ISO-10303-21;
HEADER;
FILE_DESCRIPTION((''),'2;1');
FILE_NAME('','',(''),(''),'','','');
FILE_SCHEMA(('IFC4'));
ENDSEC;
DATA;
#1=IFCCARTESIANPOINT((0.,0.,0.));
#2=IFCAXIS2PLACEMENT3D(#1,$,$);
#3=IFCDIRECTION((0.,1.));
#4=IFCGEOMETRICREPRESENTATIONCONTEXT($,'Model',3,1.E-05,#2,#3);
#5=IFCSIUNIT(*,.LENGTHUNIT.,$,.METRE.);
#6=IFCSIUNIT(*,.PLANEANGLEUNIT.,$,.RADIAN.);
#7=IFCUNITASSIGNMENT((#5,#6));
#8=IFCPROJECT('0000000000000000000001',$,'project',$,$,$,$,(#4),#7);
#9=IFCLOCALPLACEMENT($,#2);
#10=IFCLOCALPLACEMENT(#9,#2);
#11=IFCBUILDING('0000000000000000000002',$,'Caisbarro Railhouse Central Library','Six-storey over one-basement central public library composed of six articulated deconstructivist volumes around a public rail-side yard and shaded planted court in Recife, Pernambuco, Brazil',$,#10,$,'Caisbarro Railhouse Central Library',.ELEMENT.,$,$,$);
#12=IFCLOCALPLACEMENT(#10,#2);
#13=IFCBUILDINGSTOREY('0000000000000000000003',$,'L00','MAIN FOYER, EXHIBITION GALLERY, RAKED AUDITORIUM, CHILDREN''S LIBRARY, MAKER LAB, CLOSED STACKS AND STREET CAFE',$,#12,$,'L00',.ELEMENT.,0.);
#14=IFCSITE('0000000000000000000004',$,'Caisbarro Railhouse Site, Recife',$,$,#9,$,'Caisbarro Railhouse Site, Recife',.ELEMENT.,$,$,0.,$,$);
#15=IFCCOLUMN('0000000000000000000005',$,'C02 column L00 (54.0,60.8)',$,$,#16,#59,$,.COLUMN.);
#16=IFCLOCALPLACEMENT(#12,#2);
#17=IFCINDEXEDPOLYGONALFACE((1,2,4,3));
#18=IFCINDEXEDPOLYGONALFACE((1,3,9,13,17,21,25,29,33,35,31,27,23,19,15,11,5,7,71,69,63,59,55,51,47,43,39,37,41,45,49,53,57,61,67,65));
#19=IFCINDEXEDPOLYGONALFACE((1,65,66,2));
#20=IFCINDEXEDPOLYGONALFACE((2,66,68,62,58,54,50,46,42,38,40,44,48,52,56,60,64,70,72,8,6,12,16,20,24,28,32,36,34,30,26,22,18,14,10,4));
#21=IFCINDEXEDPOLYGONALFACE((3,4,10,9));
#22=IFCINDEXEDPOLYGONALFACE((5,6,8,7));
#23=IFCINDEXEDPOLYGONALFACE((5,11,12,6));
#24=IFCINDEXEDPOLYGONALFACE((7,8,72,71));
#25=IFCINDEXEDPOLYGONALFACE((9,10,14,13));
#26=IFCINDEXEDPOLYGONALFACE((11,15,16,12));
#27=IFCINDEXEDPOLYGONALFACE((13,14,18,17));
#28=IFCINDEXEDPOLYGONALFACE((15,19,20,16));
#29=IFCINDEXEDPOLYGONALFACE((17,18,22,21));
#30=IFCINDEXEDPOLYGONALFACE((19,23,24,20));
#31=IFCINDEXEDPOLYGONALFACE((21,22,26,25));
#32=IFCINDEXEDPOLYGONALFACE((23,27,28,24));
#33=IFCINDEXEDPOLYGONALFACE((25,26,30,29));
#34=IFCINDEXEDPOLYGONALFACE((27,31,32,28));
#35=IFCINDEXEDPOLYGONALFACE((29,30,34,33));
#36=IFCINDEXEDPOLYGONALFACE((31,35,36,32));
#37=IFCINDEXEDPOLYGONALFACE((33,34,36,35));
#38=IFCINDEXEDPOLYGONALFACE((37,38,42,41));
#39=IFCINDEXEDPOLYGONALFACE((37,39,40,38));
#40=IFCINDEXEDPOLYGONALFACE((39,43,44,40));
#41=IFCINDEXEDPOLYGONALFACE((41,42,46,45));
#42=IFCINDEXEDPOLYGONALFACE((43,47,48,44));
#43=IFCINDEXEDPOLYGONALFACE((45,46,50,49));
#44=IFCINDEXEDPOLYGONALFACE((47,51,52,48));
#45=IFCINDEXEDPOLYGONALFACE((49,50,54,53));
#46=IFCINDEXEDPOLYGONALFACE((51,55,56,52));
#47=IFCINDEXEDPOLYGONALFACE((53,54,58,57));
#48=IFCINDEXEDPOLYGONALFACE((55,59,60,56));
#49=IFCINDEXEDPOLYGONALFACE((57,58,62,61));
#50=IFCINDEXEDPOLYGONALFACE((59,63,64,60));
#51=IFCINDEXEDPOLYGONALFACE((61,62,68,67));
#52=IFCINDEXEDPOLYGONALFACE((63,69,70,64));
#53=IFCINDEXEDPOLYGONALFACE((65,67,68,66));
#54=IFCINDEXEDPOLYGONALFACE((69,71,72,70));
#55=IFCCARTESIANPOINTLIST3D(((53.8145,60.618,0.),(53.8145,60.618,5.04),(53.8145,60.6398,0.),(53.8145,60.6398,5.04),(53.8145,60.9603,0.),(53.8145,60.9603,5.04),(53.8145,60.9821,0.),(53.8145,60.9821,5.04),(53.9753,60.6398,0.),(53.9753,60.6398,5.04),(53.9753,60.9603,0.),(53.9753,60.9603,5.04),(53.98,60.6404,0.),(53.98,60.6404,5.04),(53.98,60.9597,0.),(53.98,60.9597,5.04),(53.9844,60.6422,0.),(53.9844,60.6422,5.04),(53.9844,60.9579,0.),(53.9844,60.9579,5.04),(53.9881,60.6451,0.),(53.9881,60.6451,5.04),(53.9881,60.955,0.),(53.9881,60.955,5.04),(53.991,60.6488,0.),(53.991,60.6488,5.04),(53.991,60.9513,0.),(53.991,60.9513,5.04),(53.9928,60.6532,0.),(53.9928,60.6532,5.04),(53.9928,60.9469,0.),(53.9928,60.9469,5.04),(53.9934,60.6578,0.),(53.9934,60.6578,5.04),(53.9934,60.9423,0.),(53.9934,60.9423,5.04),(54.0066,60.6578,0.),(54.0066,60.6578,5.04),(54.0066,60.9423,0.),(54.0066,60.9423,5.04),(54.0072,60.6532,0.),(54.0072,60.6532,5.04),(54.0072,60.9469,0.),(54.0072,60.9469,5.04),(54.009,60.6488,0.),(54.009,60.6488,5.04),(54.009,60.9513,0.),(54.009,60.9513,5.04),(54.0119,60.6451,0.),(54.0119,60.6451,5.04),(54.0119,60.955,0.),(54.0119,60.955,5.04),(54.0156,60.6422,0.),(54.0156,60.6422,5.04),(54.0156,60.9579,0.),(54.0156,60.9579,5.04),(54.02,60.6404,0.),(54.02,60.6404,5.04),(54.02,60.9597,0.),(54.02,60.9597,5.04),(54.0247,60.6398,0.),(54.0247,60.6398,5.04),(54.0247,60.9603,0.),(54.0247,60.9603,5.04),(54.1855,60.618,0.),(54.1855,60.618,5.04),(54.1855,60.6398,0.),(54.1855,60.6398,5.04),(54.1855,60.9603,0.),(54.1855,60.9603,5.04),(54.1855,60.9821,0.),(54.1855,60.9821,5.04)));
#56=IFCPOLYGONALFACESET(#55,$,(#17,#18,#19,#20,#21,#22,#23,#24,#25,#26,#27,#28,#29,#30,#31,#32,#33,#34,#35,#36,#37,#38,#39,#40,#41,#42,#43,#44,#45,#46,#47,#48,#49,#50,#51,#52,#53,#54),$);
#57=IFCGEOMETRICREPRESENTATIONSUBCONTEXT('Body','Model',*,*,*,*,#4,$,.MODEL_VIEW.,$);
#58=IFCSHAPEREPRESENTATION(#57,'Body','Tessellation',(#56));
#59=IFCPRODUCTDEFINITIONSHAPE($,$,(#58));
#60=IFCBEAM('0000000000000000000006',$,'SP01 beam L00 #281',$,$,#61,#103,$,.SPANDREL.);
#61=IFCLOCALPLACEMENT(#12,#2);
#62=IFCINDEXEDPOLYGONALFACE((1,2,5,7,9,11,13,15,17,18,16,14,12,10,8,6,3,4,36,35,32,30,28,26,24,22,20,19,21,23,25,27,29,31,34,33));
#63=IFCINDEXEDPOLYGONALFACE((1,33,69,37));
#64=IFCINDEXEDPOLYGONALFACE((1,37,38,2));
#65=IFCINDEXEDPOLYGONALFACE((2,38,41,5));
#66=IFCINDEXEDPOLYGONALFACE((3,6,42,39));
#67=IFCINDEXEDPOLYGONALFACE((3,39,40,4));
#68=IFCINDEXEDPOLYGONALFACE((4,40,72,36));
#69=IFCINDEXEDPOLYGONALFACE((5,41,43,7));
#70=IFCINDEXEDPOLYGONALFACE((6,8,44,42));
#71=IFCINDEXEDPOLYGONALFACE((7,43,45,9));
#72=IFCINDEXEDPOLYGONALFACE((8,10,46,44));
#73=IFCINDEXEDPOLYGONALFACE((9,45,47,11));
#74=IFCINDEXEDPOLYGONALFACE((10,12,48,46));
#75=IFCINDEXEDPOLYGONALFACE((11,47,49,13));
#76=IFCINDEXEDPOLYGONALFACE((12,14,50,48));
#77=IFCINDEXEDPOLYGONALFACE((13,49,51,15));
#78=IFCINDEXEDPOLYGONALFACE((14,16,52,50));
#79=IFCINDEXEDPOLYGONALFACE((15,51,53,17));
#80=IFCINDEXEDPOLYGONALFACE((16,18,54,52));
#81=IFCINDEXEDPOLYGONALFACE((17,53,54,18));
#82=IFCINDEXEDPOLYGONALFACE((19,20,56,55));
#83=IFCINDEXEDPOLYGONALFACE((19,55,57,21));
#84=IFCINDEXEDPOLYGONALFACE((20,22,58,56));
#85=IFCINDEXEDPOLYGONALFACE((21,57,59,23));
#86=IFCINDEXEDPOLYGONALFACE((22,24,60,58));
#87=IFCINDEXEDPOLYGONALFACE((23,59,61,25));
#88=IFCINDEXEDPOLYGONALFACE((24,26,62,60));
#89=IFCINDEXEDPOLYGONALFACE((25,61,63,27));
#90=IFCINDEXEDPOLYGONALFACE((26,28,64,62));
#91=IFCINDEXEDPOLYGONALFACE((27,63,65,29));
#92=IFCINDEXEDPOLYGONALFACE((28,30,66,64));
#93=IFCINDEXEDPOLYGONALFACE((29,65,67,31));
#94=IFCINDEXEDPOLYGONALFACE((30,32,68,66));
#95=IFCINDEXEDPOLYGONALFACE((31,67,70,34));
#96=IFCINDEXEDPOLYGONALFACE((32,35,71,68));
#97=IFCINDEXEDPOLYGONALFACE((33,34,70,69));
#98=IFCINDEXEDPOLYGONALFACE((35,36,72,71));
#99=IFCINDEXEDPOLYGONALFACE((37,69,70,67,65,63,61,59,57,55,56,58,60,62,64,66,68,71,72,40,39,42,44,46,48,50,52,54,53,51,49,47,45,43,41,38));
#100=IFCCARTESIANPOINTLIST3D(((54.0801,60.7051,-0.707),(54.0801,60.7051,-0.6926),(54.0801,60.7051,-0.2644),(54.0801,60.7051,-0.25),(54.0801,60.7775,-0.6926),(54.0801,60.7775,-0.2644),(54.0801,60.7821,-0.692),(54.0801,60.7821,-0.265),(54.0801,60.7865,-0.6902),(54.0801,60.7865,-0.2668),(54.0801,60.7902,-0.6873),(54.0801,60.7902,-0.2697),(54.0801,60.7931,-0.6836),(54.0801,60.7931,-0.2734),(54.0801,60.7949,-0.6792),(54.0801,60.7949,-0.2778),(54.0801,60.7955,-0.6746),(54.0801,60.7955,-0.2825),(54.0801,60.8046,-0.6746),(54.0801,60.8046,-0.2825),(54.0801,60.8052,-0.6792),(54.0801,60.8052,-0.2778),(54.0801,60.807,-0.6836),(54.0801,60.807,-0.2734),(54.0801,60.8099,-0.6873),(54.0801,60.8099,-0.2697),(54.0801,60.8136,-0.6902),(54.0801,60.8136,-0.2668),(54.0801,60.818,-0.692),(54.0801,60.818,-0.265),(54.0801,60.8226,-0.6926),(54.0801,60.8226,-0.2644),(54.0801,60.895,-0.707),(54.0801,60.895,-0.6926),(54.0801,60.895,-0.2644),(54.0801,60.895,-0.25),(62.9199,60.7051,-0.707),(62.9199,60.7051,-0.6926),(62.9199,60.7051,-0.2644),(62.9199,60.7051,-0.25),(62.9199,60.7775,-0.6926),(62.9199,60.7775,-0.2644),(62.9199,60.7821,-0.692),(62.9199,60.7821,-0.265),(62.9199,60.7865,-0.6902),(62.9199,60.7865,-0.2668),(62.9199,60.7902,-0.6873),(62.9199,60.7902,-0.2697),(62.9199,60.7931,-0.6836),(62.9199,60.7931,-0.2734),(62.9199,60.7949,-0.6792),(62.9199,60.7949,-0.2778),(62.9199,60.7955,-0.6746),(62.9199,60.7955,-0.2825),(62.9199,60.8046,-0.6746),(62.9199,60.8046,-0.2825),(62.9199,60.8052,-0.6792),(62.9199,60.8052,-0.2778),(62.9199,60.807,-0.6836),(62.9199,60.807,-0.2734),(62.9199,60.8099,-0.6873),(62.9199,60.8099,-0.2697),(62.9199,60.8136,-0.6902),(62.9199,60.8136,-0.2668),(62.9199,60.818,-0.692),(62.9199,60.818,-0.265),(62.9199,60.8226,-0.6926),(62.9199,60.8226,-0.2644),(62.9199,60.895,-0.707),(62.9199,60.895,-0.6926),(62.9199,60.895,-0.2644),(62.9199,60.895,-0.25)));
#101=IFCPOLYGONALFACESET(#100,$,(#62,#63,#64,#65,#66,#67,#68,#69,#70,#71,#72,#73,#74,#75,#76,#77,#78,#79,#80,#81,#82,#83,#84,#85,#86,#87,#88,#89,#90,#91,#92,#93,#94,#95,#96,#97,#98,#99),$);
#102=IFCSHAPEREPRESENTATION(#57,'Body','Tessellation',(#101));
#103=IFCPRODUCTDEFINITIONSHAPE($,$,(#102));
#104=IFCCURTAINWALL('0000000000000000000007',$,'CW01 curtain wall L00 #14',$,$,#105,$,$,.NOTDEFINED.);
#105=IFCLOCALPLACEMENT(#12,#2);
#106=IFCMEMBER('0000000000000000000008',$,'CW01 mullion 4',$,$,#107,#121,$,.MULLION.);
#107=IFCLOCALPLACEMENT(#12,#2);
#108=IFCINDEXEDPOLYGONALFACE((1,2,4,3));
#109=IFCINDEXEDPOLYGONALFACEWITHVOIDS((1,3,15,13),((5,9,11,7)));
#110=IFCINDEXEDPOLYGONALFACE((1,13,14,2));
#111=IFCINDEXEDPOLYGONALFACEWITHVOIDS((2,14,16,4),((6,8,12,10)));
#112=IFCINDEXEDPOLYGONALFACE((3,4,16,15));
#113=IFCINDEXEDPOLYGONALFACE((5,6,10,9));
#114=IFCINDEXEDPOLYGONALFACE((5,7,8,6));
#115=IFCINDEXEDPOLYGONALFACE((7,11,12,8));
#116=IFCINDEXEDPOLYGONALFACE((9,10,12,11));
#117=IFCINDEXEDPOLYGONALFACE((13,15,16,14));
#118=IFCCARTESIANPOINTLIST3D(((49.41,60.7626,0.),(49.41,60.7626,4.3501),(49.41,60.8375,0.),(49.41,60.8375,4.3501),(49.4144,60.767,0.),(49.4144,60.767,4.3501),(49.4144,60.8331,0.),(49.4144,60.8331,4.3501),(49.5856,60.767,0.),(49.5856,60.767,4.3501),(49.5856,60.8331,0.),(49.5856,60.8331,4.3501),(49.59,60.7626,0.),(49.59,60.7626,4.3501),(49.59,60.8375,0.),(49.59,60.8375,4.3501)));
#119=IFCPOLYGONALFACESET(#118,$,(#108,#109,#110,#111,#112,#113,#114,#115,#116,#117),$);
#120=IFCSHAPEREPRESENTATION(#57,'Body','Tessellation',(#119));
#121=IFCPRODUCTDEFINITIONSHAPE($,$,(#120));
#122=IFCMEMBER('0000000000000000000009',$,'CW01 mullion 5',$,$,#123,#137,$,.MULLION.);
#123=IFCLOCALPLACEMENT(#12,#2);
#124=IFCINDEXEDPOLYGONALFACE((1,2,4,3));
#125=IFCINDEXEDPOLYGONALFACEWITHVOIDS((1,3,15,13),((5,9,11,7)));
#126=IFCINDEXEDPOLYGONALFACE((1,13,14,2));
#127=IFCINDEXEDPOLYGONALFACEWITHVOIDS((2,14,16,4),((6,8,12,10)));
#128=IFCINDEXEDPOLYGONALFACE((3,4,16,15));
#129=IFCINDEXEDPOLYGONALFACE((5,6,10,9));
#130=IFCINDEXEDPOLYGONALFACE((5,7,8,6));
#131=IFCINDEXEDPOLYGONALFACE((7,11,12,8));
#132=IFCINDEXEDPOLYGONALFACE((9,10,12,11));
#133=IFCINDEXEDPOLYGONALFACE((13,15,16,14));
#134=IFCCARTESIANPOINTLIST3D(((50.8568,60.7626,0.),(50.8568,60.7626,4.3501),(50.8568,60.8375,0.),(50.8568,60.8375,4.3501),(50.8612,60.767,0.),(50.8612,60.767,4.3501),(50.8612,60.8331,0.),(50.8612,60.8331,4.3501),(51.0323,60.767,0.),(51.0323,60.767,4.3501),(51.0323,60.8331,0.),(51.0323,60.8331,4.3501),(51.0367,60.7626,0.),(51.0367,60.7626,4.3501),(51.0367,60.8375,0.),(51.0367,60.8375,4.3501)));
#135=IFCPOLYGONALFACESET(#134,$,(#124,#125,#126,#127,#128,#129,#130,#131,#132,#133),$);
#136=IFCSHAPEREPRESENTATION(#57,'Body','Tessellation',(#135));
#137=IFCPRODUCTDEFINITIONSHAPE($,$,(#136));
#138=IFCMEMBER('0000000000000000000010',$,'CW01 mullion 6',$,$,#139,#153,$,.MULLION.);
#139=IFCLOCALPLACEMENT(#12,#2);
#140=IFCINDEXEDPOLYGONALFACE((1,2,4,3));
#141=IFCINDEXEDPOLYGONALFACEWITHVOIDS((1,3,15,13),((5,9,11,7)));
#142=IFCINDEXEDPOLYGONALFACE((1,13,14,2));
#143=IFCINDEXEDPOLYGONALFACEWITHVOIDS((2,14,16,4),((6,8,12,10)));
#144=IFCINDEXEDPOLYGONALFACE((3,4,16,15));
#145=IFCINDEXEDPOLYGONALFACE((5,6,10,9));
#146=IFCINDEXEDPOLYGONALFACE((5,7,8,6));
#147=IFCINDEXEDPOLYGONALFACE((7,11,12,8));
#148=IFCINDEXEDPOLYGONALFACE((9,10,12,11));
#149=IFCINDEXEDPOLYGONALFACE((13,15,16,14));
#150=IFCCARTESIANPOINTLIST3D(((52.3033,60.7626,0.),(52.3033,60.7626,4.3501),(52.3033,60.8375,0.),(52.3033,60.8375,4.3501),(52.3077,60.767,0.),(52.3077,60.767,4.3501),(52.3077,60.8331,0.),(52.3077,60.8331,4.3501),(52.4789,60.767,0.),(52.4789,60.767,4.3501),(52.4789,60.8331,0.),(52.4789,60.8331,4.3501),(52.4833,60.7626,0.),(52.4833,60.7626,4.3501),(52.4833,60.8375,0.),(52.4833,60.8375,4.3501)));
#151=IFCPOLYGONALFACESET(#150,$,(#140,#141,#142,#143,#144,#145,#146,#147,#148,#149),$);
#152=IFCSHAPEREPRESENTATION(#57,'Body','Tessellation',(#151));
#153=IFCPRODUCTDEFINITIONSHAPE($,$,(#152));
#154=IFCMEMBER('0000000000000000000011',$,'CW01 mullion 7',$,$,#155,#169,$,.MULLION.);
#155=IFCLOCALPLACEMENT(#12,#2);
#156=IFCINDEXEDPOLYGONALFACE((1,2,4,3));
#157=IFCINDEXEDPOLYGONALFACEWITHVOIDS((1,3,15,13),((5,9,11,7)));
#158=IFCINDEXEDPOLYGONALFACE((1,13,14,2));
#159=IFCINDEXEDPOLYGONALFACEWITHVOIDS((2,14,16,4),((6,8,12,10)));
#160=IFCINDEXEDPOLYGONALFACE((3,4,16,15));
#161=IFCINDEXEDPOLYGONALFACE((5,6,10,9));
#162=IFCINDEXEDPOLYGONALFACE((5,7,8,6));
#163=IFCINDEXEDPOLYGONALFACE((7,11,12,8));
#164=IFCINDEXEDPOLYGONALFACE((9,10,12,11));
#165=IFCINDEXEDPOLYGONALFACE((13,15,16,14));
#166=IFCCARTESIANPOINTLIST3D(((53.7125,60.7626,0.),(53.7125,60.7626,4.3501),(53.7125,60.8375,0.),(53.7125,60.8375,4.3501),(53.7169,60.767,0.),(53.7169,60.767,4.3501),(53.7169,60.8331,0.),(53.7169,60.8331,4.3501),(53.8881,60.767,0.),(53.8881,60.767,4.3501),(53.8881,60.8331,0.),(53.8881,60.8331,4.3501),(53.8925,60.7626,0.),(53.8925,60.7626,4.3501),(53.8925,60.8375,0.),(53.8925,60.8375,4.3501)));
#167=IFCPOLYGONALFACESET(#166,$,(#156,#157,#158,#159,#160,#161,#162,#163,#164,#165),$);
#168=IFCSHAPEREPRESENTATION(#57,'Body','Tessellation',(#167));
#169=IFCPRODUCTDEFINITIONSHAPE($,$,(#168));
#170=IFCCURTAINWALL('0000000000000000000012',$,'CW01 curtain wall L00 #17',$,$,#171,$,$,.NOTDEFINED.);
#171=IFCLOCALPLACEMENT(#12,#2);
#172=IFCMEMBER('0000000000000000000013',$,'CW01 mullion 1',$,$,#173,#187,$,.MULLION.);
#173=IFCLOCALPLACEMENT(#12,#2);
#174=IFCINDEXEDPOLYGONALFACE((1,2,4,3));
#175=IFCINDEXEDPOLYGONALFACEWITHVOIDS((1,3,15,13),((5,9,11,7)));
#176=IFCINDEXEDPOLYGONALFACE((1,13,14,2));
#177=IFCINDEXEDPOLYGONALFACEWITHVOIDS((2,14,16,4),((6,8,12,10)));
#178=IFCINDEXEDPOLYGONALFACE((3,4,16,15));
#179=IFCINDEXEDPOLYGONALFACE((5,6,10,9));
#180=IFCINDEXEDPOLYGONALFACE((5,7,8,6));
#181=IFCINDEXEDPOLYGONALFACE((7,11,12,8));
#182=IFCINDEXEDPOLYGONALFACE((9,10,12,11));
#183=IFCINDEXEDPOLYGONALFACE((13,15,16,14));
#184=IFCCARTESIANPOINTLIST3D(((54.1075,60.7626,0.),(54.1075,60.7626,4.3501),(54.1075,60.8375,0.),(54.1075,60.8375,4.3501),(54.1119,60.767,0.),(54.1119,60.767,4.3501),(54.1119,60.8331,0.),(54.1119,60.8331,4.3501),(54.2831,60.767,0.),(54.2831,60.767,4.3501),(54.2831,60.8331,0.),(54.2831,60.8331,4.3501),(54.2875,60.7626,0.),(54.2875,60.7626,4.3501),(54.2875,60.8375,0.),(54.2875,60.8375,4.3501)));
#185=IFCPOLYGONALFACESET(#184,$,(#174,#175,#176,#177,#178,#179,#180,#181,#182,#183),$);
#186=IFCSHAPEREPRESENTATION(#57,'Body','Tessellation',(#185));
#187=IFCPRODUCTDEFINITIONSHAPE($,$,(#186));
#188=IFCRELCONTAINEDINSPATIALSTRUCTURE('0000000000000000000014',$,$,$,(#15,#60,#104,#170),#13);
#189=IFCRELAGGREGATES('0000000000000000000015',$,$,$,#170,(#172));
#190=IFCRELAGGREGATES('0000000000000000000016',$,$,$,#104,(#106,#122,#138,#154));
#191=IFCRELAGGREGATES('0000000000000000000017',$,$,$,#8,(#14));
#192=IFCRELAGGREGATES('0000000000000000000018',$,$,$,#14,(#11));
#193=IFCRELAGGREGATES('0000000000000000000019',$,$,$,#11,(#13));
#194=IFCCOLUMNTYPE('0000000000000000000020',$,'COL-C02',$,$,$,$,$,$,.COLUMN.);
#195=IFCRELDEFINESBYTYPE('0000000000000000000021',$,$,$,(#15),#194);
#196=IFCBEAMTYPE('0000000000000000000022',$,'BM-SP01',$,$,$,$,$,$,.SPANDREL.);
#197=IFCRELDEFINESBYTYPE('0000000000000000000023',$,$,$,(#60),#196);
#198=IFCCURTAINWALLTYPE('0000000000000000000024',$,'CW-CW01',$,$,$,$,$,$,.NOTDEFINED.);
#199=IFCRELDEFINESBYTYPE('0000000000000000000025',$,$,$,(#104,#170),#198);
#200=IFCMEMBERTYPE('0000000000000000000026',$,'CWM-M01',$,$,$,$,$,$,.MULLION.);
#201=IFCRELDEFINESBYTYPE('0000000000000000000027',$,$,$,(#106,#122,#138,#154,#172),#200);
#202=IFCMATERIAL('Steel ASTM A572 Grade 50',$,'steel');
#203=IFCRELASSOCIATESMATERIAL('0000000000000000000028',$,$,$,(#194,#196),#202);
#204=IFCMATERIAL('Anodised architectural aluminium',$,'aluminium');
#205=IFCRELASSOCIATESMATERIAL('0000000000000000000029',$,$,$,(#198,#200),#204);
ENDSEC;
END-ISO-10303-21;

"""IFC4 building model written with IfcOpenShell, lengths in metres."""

from ifc_helpers import new_model, si_unit, direction, frame, origin, origin_2d, place, context, subcontext, project, spatial, hollow_rectangle, i_section, extrude, material, material_profile, profile_set, type_object, element, aggregate, save


model = new_model("IFC4")

# Units and contexts
model_context = context("Model", 3, precision=1e-05, world=origin(), true_north=direction((0.0, 1.0)))
body_context = subcontext(model_context, "Body", "Model", "MODEL_VIEW")
ifc_project = project(units=[si_unit("LENGTHUNIT", "METRE"), si_unit("PLANEANGLEUNIT", "RADIAN")], contexts=[model_context])

# Site, building, storey
site_placement = place(None, origin())
site = spatial("IfcSite", under=ifc_project, at=site_placement, Name="Caisbarro Railhouse Site, Recife", LongName="Caisbarro Railhouse Site, Recife", CompositionType="ELEMENT", RefElevation=0.0)
building_placement = place(site_placement, origin())
building = spatial("IfcBuilding", under=site, at=building_placement, Name="Caisbarro Railhouse Central Library", Description="Six-storey over one-basement central public library composed of six articulated deconstructivist volumes around a public rail-side yard and shaded planted court in Recife, Pernambuco, Brazil", LongName="Caisbarro Railhouse Central Library", CompositionType="ELEMENT")
storey_placement = place(building_placement, origin())
storey = spatial("IfcBuildingStorey", under=building, at=storey_placement, Name="L00", Description="MAIN FOYER, EXHIBITION GALLERY, RAKED AUDITORIUM, CHILDREN'S LIBRARY, MAKER LAB, CLOSED STACKS AND STREET CAFE", LongName="L00", CompositionType="ELEMENT", Elevation=0.0)

# Column
ifc_material_1 = material(Name="Steel ASTM A572 Grade 50", Category="steel")
ifc_material_profile_1 = material_profile(ifc_material_1, i_section(OverallWidth=0.3711, OverallDepth=0.364, WebThickness=0.0132, FlangeThickness=0.0217, FilletRadius=0.0181, at=origin_2d()), Name="W360X162.0")
ifc_profile_set_1 = profile_set([ifc_material_profile_1], Name="Steel ASTM A572 Grade 50")
column_type = type_object("IfcColumnType", Name="COL-C02", PredefinedType="COLUMN", material=ifc_profile_set_1)
column_placement = place(storey_placement, frame((54.0, 60.8, 0.0), z_axis=(0.0, 0.0, 1.0), x_axis=(1.0, 0.0, 0.0)))
element("IfcColumn", 1, at=column_placement, inside=storey, type_object=column_type, Name="C02 column L00 (54.0,60.8)", PredefinedType="COLUMN", context=body_context, shape_type="SweptSolid", body=[
    extrude(i_section(OverallWidth=0.3711, OverallDepth=0.364, WebThickness=0.0132, FlangeThickness=0.0217, FilletRadius=0.0181, at=origin_2d()), origin(), (0.0, 0.0, 1.0), 5.04),
])

# Beam
ifc_material_profile_2 = material_profile(ifc_material_1, i_section(OverallWidth=0.1899, OverallDepth=0.457, WebThickness=0.009, FlangeThickness=0.0144, FilletRadius=0.0181, at=origin_2d()), Name="W460X74.0")
ifc_profile_set_2 = profile_set([ifc_material_profile_2], Name="Steel ASTM A572 Grade 50")
beam_type = type_object("IfcBeamType", Name="BM-SP01", PredefinedType="SPANDREL", material=ifc_profile_set_2)
beam_placement = place(storey_placement, frame((54.0801, 60.8, -0.4785), z_axis=(1.0, 0.0, 0.0), x_axis=(0.0, 1.0, 0.0)))
element("IfcBeam", 2, at=beam_placement, inside=storey, type_object=beam_type, Name="SP01 beam L00 #281", PredefinedType="SPANDREL", context=body_context, shape_type="SweptSolid", body=[
    extrude(i_section(OverallWidth=0.1899, OverallDepth=0.457, WebThickness=0.009, FlangeThickness=0.0144, FilletRadius=0.0181, at=origin_2d()), origin(), (0.0, 0.0, 1.0), 8.8398),
])

# Curtain wall, members
ifc_material_2 = material(Name="Anodised architectural aluminium", Category="aluminium")
curtain_wall_type = type_object("IfcCurtainWallType", Name="CW-CW01", PredefinedType="NOTDEFINED", material=ifc_material_2)
curtain_wall_1_placement = place(storey_placement, origin())
curtain_wall_1 = element("IfcCurtainWall", 3, at=curtain_wall_1_placement, inside=storey, type_object=curtain_wall_type, Name="CW01 curtain wall L00 #14", PredefinedType="NOTDEFINED")
ifc_material_profile_3 = material_profile(ifc_material_2, hollow_rectangle(XDim=0.075, YDim=0.1799, WallThickness=0.0044, at=origin_2d()), Name="ALU-MUL-75X180")
ifc_profile_set_3 = profile_set([ifc_material_profile_3], Name="Anodised architectural aluminium")
member_type_1 = type_object("IfcMemberType", Name="CWM-M01", PredefinedType="MULLION", material=ifc_profile_set_3)
member_1_placement = place(storey_placement, frame((49.5, 60.8, 0.0), z_axis=(0.0, 0.0, 1.0), x_axis=(0.0, 1.0, 0.0)))
member_1 = element("IfcMember", 4, at=member_1_placement, type_object=member_type_1, Name="CW01 mullion 4", PredefinedType="MULLION", context=body_context, shape_type="SweptSolid", body=[
    extrude(hollow_rectangle(XDim=0.075, YDim=0.1799, WallThickness=0.0044, at=origin_2d()), origin(), (0.0, 0.0, 1.0), 4.3501),
])
member_2_placement = place(storey_placement, frame((50.9468, 60.8, 0.0), z_axis=(0.0, 0.0, 1.0), x_axis=(0.0, 1.0, 0.0)))
member_2 = element("IfcMember", 5, at=member_2_placement, type_object=member_type_1, Name="CW01 mullion 5", PredefinedType="MULLION", context=body_context, shape_type="SweptSolid", body=[
    extrude(hollow_rectangle(XDim=0.075, YDim=0.1799, WallThickness=0.0044, at=origin_2d()), origin(), (0.0, 0.0, 1.0), 4.3501),
])
member_3_placement = place(storey_placement, frame((52.3933, 60.8, 0.0), z_axis=(0.0, 0.0, 1.0), x_axis=(0.0, 1.0, 0.0)))
member_3 = element("IfcMember", 6, at=member_3_placement, type_object=member_type_1, Name="CW01 mullion 6", PredefinedType="MULLION", context=body_context, shape_type="SweptSolid", body=[
    extrude(hollow_rectangle(XDim=0.075, YDim=0.1799, WallThickness=0.0044, at=origin_2d()), origin(), (0.0, 0.0, 1.0), 4.3501),
])
member_4_placement = place(storey_placement, frame((53.8025, 60.8, 0.0), z_axis=(0.0, 0.0, 1.0), x_axis=(0.0, 1.0, 0.0)))
member_4 = element("IfcMember", 7, at=member_4_placement, type_object=member_type_1, Name="CW01 mullion 7", PredefinedType="MULLION", context=body_context, shape_type="SweptSolid", body=[
    extrude(hollow_rectangle(XDim=0.075, YDim=0.1799, WallThickness=0.0044, at=origin_2d()), origin(), (0.0, 0.0, 1.0), 4.3501),
])

# Curtain wall, member
curtain_wall_2_placement = place(storey_placement, origin())
curtain_wall_2 = element("IfcCurtainWall", 8, at=curtain_wall_2_placement, inside=storey, type_object=curtain_wall_type, Name="CW01 curtain wall L00 #17", PredefinedType="NOTDEFINED")
member_5_placement = place(storey_placement, frame((54.1975, 60.8, 0.0), z_axis=(0.0, 0.0, 1.0), x_axis=(0.0, 1.0, 0.0)))
member_5 = element("IfcMember", 9, at=member_5_placement, type_object=member_type_1, Name="CW01 mullion 1", PredefinedType="MULLION", context=body_context, shape_type="SweptSolid", body=[
    extrude(hollow_rectangle(XDim=0.075, YDim=0.1799, WallThickness=0.0044, at=origin_2d()), origin(), (0.0, 0.0, 1.0), 4.3501),
])
aggregate(curtain_wall_2, [member_5])

aggregate(curtain_wall_1, [member_1, member_2, member_3, member_4])

save(model, "model.ifc")
